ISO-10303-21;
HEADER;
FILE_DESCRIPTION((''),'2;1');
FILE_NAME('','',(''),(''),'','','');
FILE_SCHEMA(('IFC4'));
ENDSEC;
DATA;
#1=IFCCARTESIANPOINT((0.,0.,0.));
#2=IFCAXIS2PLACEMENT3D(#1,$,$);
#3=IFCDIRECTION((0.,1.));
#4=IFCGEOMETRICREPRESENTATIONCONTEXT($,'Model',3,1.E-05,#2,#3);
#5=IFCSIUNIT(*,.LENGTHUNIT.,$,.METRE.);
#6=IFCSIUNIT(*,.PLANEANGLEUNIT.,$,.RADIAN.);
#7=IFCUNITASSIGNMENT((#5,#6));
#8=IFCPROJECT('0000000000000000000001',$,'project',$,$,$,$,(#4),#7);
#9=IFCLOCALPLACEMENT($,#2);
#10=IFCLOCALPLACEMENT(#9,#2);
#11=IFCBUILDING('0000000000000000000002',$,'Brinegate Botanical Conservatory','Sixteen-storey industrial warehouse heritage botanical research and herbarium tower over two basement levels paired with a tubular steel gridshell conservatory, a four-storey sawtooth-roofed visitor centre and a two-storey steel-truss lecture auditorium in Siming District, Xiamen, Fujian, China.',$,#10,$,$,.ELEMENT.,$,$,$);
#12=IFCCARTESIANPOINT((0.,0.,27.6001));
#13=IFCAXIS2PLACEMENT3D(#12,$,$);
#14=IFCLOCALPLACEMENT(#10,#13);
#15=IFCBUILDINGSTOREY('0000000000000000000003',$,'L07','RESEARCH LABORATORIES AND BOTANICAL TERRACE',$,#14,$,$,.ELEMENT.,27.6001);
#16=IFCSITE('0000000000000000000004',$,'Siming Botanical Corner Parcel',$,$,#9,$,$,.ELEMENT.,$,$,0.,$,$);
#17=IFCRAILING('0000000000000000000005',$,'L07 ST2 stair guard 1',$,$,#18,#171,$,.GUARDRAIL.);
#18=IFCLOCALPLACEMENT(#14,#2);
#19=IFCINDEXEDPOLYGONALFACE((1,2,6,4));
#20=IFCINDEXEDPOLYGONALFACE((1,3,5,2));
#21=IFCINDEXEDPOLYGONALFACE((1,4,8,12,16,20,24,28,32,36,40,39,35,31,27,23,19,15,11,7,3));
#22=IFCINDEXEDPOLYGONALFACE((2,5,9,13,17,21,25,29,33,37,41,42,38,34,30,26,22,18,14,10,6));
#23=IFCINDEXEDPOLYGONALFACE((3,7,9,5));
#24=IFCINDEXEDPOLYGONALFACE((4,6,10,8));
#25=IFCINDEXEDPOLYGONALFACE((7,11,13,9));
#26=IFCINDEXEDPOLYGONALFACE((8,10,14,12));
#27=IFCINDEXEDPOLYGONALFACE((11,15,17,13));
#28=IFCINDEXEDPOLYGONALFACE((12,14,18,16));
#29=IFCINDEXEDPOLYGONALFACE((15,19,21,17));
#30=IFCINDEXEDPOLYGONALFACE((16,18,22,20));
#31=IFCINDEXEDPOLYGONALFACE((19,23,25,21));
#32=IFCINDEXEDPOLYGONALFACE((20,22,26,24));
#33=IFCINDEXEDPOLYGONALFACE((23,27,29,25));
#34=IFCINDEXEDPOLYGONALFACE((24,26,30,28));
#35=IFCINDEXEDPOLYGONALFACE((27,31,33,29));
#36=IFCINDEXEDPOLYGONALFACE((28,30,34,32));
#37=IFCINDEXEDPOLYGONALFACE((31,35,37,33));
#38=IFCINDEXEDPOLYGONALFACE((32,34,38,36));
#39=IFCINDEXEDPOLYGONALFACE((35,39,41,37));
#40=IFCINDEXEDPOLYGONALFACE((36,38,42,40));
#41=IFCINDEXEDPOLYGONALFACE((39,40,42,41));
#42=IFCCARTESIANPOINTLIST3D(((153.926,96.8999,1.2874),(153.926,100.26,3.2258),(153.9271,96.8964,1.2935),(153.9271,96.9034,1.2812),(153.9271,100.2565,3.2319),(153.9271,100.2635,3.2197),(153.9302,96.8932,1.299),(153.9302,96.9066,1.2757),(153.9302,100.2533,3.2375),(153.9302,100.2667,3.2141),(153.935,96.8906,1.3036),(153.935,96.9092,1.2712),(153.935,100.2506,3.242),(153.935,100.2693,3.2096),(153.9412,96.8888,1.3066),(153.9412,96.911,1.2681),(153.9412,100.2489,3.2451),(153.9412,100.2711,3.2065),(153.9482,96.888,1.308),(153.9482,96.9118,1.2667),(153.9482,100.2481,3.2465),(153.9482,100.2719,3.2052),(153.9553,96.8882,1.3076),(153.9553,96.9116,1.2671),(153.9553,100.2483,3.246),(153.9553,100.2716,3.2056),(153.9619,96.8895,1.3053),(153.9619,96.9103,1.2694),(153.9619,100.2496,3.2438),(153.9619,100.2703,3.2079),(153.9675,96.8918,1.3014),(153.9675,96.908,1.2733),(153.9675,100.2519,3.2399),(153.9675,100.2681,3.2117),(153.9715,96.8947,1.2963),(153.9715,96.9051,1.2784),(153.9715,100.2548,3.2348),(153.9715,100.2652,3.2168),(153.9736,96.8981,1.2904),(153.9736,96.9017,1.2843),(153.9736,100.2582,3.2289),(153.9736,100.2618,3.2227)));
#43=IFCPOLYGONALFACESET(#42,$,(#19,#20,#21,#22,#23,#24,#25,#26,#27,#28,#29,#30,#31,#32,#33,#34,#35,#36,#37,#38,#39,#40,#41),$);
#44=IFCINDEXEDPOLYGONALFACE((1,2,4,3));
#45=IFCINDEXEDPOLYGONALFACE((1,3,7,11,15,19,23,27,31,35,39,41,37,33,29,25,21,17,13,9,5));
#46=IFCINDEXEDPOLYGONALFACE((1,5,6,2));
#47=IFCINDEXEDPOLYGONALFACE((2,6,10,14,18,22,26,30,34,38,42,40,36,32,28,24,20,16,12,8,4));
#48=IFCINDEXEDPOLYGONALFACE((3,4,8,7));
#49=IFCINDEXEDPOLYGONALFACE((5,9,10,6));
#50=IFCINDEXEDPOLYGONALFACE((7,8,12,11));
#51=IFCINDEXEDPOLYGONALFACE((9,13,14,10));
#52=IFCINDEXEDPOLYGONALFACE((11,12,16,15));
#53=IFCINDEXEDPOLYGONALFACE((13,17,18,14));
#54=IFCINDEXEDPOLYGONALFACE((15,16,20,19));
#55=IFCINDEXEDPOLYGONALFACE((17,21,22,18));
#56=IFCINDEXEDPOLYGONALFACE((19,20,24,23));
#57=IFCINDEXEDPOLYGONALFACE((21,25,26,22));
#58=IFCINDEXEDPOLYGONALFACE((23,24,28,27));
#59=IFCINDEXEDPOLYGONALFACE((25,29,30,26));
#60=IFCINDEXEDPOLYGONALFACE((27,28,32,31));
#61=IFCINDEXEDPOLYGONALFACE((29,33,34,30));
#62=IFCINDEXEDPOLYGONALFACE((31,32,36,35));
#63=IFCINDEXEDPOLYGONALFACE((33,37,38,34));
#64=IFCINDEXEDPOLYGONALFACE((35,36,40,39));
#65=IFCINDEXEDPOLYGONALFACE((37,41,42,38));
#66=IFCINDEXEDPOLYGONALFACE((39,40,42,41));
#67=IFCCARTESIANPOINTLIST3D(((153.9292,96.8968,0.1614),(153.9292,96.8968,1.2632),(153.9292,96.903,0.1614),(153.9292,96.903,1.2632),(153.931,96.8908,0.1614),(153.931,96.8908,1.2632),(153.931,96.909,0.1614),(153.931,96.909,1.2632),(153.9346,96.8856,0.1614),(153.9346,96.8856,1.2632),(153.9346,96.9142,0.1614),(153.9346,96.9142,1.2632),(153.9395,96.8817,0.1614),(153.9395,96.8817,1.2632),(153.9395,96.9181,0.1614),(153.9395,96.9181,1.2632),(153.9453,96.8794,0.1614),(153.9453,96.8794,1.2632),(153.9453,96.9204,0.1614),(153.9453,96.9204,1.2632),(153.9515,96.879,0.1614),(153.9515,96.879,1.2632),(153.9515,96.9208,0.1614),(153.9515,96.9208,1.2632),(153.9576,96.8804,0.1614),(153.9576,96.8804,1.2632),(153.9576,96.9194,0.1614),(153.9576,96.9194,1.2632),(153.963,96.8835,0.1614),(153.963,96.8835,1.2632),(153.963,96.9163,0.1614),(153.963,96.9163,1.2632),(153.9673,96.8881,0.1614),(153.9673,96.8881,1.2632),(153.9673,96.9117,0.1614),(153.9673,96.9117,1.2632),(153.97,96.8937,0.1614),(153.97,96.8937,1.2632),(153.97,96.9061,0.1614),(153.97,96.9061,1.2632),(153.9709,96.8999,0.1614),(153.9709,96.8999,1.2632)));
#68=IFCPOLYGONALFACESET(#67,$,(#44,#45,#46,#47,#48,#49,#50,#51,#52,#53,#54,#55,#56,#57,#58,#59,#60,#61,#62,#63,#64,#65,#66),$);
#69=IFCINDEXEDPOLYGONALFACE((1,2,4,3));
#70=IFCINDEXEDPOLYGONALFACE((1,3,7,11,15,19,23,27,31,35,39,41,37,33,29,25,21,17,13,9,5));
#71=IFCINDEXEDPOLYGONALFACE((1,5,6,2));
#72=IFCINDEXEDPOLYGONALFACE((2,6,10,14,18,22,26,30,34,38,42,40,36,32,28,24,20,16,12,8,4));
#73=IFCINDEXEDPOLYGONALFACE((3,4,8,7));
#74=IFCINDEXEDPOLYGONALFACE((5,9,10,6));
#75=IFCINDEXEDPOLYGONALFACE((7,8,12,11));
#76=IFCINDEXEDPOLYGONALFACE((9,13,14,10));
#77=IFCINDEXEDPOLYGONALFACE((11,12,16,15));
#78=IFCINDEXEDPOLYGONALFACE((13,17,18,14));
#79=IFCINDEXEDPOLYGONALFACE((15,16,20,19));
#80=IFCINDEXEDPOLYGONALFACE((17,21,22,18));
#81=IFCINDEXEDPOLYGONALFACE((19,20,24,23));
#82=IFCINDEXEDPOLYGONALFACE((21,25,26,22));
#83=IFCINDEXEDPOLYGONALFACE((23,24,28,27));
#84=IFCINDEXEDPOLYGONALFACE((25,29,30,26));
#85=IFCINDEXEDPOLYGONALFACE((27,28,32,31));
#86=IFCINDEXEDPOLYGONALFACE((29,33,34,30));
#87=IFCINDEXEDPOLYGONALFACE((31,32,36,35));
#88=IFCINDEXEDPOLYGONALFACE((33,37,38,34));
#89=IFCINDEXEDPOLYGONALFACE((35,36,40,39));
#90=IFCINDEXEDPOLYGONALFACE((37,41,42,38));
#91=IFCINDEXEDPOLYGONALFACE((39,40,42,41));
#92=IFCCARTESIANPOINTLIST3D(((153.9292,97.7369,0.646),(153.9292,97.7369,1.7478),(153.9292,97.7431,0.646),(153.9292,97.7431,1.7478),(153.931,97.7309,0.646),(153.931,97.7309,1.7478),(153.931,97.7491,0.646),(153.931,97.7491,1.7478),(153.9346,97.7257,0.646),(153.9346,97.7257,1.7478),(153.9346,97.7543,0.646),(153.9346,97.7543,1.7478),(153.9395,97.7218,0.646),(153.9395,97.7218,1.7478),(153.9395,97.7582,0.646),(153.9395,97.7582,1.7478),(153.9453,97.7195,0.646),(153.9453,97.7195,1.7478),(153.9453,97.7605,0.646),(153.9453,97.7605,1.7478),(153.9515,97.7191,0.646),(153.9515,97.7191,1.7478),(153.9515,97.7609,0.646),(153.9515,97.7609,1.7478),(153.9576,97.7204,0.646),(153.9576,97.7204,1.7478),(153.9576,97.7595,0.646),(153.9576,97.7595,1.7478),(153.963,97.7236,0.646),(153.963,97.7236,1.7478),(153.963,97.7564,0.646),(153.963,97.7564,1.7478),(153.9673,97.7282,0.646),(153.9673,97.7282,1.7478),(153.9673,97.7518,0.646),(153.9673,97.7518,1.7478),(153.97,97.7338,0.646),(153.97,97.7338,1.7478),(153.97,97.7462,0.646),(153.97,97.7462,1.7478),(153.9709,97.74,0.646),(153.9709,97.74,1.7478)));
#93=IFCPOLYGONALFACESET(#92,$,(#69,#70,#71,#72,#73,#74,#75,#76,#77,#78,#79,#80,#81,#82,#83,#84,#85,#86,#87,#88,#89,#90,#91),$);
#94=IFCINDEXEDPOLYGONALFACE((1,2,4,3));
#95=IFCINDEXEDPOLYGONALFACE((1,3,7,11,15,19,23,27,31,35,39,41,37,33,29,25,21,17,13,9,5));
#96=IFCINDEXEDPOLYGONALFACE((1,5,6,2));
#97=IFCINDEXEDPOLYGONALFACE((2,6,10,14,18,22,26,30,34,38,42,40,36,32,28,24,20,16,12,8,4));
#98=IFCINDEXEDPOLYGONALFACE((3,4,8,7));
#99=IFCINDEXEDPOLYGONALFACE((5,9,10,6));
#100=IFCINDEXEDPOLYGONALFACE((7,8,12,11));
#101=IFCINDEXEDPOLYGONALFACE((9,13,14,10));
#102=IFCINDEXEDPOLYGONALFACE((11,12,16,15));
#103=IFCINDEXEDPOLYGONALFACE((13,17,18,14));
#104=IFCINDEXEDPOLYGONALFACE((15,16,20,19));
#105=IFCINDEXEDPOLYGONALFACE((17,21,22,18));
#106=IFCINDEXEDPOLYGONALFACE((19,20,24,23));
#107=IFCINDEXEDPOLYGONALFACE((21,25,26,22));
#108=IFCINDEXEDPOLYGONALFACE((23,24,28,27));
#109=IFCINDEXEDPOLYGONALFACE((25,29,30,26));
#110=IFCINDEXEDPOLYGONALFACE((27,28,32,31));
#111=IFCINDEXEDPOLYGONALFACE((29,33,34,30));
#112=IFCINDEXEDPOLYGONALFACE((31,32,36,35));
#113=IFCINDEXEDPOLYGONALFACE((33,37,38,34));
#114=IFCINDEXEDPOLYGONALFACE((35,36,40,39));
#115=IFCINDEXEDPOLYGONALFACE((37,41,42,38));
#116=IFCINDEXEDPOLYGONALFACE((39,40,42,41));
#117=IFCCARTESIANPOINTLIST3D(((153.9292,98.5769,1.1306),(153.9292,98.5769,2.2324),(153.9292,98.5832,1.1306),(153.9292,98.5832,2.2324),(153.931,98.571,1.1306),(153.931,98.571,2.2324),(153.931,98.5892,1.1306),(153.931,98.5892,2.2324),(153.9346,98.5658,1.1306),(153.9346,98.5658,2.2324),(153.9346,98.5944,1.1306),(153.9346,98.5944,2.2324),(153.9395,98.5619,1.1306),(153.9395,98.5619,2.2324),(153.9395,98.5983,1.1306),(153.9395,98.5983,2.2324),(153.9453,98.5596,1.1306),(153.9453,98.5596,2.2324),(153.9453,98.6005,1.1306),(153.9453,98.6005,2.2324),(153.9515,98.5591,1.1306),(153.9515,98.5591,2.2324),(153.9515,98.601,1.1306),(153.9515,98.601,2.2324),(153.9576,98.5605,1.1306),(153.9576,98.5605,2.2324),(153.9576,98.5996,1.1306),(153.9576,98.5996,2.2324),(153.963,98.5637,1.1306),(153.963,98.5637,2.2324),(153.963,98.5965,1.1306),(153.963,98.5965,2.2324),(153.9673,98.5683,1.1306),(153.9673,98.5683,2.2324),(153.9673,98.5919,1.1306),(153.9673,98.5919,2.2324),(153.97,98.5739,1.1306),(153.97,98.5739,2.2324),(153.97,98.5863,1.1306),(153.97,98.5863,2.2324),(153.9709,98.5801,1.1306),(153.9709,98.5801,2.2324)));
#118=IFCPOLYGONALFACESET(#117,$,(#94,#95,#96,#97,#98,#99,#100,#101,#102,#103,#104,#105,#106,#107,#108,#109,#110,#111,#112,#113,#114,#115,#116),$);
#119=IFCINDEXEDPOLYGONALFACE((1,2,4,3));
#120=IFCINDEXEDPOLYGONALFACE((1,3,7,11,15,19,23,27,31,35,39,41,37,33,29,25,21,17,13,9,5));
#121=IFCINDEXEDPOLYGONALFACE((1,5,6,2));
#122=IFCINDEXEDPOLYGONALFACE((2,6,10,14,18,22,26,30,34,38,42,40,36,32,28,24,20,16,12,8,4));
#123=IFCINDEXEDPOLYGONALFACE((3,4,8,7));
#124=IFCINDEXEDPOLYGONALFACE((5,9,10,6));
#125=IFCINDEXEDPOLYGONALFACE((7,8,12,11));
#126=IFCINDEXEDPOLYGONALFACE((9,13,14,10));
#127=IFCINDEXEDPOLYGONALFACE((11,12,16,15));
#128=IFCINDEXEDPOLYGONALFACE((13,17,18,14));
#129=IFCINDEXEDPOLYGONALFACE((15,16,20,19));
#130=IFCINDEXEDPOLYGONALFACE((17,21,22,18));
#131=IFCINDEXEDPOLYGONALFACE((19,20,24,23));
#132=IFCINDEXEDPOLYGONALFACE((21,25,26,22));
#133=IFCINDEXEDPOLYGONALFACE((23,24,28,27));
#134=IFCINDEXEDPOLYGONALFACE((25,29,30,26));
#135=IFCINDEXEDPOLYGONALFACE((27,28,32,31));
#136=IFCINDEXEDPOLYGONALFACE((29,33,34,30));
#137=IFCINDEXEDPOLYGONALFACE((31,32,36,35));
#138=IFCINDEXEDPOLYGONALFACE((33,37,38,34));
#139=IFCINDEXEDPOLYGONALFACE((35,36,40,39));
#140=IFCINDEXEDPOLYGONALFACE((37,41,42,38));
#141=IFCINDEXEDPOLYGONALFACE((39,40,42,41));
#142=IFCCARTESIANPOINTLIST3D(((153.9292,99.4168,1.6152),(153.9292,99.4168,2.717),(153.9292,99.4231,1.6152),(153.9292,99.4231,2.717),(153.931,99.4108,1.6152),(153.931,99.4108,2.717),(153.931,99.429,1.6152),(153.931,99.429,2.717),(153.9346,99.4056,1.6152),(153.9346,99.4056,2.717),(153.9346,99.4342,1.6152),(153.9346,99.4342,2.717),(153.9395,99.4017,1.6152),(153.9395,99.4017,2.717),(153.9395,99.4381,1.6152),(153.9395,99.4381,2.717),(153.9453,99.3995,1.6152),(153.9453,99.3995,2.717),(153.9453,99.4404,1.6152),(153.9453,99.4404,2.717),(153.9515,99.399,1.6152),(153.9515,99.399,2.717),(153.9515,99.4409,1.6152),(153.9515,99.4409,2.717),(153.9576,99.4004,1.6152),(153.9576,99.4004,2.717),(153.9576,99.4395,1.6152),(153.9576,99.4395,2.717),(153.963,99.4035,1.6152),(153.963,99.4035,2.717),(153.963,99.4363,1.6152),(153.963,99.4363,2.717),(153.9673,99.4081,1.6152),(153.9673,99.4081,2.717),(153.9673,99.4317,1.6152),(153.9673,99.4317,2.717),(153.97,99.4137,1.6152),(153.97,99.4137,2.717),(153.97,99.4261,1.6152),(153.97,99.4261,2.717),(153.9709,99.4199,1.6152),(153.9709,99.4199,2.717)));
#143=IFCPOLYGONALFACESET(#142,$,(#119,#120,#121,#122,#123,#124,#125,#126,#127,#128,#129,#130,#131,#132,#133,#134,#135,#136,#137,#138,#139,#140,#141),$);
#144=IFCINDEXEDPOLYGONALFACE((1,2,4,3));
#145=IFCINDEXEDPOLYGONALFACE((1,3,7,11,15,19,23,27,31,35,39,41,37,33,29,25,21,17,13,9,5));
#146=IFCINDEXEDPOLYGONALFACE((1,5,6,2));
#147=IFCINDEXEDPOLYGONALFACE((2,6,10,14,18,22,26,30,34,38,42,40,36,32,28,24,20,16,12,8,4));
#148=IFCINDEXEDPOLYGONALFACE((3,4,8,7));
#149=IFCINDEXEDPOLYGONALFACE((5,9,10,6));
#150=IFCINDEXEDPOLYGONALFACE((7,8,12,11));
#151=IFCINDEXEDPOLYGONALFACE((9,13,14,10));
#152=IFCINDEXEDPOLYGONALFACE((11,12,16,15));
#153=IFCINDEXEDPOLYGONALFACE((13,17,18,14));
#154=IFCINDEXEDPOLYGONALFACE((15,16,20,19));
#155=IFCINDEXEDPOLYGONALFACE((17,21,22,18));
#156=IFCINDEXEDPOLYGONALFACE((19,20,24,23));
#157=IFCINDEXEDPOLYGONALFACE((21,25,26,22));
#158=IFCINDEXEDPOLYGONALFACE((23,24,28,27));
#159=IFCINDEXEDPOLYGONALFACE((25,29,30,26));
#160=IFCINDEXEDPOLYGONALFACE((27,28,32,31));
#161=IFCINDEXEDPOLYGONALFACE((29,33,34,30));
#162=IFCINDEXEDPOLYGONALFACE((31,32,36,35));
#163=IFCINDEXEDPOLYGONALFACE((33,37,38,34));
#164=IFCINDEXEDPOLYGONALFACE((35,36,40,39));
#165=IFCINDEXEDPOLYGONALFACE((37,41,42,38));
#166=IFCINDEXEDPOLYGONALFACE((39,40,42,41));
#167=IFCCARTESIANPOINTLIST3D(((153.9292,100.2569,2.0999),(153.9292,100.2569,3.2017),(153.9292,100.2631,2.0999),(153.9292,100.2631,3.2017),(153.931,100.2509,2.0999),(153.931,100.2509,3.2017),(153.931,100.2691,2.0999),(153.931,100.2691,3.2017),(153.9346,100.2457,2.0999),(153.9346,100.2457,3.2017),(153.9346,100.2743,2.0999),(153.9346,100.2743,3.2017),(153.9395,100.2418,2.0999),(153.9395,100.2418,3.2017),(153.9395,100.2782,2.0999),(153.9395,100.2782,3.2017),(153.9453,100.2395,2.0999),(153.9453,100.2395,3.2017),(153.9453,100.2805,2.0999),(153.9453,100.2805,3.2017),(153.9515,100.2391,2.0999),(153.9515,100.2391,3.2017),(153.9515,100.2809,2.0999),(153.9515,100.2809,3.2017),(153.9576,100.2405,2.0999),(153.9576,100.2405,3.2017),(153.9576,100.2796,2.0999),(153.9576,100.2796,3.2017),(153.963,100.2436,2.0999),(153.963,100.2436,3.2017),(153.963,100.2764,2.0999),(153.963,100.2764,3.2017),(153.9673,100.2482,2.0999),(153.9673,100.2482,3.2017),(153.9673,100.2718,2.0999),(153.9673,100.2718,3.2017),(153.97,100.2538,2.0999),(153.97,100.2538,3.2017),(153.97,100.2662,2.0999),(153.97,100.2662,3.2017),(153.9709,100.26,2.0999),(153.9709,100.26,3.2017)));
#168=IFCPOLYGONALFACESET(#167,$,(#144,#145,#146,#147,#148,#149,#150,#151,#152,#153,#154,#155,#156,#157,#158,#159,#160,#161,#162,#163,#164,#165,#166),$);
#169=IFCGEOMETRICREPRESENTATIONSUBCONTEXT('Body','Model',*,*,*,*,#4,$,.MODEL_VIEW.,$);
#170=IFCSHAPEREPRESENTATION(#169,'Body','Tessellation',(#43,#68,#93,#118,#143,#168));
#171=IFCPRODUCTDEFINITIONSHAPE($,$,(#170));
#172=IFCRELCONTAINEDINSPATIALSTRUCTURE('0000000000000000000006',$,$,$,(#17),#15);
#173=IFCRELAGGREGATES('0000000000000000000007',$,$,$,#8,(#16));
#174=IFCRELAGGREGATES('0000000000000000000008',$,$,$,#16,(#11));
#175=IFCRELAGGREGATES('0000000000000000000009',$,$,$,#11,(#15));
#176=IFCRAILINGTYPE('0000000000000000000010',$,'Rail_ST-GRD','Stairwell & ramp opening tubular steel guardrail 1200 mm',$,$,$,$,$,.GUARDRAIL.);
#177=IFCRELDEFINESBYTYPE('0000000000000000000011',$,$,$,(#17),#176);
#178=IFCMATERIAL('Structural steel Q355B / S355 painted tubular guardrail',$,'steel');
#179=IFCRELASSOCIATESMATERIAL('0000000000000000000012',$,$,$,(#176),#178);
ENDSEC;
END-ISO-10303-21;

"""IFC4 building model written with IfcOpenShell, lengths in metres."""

from ifc_helpers import new_model, si_unit, direction, frame, origin, origin_2d, place, context, subcontext, project, spatial, circle, extrude, material, type_object, element, save


model = new_model("IFC4")

# Units and contexts
model_context = context("Model", 3, precision=1e-05, world=origin(), true_north=direction((0.0, 1.0)))
body_context = subcontext(model_context, "Body", "Model", "MODEL_VIEW")
ifc_project = project(units=[si_unit("LENGTHUNIT", "METRE"), si_unit("PLANEANGLEUNIT", "RADIAN")], contexts=[model_context])

# Site, building, storey
site_placement = place(None, origin())
site = spatial("IfcSite", under=ifc_project, at=site_placement, Name="Siming Botanical Corner Parcel", CompositionType="ELEMENT", RefElevation=0.0)
building_placement = place(site_placement, origin())
building = spatial("IfcBuilding", under=site, at=building_placement, Name="Brinegate Botanical Conservatory", Description="Sixteen-storey industrial warehouse heritage botanical research and herbarium tower over two basement levels paired with a tubular steel gridshell conservatory, a four-storey sawtooth-roofed visitor centre and a two-storey steel-truss lecture auditorium in Siming District, Xiamen, Fujian, China.", CompositionType="ELEMENT")
storey_placement = place(building_placement, frame((0.0, 0.0, 27.6001)))
storey = spatial("IfcBuildingStorey", under=building, at=storey_placement, Name="L07", Description="RESEARCH LABORATORIES AND BOTANICAL TERRACE", CompositionType="ELEMENT", Elevation=27.6001)

# Railing
ifc_material_1 = material(Name="Structural steel Q355B / S355 painted tubular guardrail", Category="steel")
railing_type_1 = type_object("IfcRailingType", Name="Rail_ST-GRD", Description="Stairwell & ramp opening tubular steel guardrail 1200 mm", PredefinedType="GUARDRAIL", material=ifc_material_1)
railing_1_placement = place(storey_placement, frame((153.95, 96.8999, 0.1614)))
element("IfcRailing", 1, at=railing_1_placement, inside=storey, type_object=railing_type_1, Name="L07 ST2 stair guard 1", PredefinedType="GUARDRAIL", context=body_context, shape_type="SweptSolid", body=[
    extrude(circle(Radius=0.0239, at=origin_2d()), frame((0.0, 0.0, 1.126), z_axis=(0.0, 0.866191, 0.499713), x_axis=(-1.0, 0.0, 0.0)), (0.0, 0.0, 1.0), 3.8792),
    extrude(circle(Radius=0.021, at=origin_2d()), origin(), (0.0, 0.0, 1.0), 1.1018),
    extrude(circle(Radius=0.021, at=origin_2d()), frame((0.0, 0.8401, 0.4846)), (0.0, 0.0, 1.0), 1.1018),
    extrude(circle(Radius=0.021, at=origin_2d()), frame((0.0, 1.6802, 0.9692)), (0.0, 0.0, 1.0), 1.1018),
    extrude(circle(Radius=0.021, at=origin_2d()), frame((0.0, 2.52, 1.4539)), (0.0, 0.0, 1.0), 1.1018),
    extrude(circle(Radius=0.021, at=origin_2d()), frame((0.0, 3.3601, 1.9385)), (0.0, 0.0, 1.0), 1.1018),
])

save(model, "model.ifc")
